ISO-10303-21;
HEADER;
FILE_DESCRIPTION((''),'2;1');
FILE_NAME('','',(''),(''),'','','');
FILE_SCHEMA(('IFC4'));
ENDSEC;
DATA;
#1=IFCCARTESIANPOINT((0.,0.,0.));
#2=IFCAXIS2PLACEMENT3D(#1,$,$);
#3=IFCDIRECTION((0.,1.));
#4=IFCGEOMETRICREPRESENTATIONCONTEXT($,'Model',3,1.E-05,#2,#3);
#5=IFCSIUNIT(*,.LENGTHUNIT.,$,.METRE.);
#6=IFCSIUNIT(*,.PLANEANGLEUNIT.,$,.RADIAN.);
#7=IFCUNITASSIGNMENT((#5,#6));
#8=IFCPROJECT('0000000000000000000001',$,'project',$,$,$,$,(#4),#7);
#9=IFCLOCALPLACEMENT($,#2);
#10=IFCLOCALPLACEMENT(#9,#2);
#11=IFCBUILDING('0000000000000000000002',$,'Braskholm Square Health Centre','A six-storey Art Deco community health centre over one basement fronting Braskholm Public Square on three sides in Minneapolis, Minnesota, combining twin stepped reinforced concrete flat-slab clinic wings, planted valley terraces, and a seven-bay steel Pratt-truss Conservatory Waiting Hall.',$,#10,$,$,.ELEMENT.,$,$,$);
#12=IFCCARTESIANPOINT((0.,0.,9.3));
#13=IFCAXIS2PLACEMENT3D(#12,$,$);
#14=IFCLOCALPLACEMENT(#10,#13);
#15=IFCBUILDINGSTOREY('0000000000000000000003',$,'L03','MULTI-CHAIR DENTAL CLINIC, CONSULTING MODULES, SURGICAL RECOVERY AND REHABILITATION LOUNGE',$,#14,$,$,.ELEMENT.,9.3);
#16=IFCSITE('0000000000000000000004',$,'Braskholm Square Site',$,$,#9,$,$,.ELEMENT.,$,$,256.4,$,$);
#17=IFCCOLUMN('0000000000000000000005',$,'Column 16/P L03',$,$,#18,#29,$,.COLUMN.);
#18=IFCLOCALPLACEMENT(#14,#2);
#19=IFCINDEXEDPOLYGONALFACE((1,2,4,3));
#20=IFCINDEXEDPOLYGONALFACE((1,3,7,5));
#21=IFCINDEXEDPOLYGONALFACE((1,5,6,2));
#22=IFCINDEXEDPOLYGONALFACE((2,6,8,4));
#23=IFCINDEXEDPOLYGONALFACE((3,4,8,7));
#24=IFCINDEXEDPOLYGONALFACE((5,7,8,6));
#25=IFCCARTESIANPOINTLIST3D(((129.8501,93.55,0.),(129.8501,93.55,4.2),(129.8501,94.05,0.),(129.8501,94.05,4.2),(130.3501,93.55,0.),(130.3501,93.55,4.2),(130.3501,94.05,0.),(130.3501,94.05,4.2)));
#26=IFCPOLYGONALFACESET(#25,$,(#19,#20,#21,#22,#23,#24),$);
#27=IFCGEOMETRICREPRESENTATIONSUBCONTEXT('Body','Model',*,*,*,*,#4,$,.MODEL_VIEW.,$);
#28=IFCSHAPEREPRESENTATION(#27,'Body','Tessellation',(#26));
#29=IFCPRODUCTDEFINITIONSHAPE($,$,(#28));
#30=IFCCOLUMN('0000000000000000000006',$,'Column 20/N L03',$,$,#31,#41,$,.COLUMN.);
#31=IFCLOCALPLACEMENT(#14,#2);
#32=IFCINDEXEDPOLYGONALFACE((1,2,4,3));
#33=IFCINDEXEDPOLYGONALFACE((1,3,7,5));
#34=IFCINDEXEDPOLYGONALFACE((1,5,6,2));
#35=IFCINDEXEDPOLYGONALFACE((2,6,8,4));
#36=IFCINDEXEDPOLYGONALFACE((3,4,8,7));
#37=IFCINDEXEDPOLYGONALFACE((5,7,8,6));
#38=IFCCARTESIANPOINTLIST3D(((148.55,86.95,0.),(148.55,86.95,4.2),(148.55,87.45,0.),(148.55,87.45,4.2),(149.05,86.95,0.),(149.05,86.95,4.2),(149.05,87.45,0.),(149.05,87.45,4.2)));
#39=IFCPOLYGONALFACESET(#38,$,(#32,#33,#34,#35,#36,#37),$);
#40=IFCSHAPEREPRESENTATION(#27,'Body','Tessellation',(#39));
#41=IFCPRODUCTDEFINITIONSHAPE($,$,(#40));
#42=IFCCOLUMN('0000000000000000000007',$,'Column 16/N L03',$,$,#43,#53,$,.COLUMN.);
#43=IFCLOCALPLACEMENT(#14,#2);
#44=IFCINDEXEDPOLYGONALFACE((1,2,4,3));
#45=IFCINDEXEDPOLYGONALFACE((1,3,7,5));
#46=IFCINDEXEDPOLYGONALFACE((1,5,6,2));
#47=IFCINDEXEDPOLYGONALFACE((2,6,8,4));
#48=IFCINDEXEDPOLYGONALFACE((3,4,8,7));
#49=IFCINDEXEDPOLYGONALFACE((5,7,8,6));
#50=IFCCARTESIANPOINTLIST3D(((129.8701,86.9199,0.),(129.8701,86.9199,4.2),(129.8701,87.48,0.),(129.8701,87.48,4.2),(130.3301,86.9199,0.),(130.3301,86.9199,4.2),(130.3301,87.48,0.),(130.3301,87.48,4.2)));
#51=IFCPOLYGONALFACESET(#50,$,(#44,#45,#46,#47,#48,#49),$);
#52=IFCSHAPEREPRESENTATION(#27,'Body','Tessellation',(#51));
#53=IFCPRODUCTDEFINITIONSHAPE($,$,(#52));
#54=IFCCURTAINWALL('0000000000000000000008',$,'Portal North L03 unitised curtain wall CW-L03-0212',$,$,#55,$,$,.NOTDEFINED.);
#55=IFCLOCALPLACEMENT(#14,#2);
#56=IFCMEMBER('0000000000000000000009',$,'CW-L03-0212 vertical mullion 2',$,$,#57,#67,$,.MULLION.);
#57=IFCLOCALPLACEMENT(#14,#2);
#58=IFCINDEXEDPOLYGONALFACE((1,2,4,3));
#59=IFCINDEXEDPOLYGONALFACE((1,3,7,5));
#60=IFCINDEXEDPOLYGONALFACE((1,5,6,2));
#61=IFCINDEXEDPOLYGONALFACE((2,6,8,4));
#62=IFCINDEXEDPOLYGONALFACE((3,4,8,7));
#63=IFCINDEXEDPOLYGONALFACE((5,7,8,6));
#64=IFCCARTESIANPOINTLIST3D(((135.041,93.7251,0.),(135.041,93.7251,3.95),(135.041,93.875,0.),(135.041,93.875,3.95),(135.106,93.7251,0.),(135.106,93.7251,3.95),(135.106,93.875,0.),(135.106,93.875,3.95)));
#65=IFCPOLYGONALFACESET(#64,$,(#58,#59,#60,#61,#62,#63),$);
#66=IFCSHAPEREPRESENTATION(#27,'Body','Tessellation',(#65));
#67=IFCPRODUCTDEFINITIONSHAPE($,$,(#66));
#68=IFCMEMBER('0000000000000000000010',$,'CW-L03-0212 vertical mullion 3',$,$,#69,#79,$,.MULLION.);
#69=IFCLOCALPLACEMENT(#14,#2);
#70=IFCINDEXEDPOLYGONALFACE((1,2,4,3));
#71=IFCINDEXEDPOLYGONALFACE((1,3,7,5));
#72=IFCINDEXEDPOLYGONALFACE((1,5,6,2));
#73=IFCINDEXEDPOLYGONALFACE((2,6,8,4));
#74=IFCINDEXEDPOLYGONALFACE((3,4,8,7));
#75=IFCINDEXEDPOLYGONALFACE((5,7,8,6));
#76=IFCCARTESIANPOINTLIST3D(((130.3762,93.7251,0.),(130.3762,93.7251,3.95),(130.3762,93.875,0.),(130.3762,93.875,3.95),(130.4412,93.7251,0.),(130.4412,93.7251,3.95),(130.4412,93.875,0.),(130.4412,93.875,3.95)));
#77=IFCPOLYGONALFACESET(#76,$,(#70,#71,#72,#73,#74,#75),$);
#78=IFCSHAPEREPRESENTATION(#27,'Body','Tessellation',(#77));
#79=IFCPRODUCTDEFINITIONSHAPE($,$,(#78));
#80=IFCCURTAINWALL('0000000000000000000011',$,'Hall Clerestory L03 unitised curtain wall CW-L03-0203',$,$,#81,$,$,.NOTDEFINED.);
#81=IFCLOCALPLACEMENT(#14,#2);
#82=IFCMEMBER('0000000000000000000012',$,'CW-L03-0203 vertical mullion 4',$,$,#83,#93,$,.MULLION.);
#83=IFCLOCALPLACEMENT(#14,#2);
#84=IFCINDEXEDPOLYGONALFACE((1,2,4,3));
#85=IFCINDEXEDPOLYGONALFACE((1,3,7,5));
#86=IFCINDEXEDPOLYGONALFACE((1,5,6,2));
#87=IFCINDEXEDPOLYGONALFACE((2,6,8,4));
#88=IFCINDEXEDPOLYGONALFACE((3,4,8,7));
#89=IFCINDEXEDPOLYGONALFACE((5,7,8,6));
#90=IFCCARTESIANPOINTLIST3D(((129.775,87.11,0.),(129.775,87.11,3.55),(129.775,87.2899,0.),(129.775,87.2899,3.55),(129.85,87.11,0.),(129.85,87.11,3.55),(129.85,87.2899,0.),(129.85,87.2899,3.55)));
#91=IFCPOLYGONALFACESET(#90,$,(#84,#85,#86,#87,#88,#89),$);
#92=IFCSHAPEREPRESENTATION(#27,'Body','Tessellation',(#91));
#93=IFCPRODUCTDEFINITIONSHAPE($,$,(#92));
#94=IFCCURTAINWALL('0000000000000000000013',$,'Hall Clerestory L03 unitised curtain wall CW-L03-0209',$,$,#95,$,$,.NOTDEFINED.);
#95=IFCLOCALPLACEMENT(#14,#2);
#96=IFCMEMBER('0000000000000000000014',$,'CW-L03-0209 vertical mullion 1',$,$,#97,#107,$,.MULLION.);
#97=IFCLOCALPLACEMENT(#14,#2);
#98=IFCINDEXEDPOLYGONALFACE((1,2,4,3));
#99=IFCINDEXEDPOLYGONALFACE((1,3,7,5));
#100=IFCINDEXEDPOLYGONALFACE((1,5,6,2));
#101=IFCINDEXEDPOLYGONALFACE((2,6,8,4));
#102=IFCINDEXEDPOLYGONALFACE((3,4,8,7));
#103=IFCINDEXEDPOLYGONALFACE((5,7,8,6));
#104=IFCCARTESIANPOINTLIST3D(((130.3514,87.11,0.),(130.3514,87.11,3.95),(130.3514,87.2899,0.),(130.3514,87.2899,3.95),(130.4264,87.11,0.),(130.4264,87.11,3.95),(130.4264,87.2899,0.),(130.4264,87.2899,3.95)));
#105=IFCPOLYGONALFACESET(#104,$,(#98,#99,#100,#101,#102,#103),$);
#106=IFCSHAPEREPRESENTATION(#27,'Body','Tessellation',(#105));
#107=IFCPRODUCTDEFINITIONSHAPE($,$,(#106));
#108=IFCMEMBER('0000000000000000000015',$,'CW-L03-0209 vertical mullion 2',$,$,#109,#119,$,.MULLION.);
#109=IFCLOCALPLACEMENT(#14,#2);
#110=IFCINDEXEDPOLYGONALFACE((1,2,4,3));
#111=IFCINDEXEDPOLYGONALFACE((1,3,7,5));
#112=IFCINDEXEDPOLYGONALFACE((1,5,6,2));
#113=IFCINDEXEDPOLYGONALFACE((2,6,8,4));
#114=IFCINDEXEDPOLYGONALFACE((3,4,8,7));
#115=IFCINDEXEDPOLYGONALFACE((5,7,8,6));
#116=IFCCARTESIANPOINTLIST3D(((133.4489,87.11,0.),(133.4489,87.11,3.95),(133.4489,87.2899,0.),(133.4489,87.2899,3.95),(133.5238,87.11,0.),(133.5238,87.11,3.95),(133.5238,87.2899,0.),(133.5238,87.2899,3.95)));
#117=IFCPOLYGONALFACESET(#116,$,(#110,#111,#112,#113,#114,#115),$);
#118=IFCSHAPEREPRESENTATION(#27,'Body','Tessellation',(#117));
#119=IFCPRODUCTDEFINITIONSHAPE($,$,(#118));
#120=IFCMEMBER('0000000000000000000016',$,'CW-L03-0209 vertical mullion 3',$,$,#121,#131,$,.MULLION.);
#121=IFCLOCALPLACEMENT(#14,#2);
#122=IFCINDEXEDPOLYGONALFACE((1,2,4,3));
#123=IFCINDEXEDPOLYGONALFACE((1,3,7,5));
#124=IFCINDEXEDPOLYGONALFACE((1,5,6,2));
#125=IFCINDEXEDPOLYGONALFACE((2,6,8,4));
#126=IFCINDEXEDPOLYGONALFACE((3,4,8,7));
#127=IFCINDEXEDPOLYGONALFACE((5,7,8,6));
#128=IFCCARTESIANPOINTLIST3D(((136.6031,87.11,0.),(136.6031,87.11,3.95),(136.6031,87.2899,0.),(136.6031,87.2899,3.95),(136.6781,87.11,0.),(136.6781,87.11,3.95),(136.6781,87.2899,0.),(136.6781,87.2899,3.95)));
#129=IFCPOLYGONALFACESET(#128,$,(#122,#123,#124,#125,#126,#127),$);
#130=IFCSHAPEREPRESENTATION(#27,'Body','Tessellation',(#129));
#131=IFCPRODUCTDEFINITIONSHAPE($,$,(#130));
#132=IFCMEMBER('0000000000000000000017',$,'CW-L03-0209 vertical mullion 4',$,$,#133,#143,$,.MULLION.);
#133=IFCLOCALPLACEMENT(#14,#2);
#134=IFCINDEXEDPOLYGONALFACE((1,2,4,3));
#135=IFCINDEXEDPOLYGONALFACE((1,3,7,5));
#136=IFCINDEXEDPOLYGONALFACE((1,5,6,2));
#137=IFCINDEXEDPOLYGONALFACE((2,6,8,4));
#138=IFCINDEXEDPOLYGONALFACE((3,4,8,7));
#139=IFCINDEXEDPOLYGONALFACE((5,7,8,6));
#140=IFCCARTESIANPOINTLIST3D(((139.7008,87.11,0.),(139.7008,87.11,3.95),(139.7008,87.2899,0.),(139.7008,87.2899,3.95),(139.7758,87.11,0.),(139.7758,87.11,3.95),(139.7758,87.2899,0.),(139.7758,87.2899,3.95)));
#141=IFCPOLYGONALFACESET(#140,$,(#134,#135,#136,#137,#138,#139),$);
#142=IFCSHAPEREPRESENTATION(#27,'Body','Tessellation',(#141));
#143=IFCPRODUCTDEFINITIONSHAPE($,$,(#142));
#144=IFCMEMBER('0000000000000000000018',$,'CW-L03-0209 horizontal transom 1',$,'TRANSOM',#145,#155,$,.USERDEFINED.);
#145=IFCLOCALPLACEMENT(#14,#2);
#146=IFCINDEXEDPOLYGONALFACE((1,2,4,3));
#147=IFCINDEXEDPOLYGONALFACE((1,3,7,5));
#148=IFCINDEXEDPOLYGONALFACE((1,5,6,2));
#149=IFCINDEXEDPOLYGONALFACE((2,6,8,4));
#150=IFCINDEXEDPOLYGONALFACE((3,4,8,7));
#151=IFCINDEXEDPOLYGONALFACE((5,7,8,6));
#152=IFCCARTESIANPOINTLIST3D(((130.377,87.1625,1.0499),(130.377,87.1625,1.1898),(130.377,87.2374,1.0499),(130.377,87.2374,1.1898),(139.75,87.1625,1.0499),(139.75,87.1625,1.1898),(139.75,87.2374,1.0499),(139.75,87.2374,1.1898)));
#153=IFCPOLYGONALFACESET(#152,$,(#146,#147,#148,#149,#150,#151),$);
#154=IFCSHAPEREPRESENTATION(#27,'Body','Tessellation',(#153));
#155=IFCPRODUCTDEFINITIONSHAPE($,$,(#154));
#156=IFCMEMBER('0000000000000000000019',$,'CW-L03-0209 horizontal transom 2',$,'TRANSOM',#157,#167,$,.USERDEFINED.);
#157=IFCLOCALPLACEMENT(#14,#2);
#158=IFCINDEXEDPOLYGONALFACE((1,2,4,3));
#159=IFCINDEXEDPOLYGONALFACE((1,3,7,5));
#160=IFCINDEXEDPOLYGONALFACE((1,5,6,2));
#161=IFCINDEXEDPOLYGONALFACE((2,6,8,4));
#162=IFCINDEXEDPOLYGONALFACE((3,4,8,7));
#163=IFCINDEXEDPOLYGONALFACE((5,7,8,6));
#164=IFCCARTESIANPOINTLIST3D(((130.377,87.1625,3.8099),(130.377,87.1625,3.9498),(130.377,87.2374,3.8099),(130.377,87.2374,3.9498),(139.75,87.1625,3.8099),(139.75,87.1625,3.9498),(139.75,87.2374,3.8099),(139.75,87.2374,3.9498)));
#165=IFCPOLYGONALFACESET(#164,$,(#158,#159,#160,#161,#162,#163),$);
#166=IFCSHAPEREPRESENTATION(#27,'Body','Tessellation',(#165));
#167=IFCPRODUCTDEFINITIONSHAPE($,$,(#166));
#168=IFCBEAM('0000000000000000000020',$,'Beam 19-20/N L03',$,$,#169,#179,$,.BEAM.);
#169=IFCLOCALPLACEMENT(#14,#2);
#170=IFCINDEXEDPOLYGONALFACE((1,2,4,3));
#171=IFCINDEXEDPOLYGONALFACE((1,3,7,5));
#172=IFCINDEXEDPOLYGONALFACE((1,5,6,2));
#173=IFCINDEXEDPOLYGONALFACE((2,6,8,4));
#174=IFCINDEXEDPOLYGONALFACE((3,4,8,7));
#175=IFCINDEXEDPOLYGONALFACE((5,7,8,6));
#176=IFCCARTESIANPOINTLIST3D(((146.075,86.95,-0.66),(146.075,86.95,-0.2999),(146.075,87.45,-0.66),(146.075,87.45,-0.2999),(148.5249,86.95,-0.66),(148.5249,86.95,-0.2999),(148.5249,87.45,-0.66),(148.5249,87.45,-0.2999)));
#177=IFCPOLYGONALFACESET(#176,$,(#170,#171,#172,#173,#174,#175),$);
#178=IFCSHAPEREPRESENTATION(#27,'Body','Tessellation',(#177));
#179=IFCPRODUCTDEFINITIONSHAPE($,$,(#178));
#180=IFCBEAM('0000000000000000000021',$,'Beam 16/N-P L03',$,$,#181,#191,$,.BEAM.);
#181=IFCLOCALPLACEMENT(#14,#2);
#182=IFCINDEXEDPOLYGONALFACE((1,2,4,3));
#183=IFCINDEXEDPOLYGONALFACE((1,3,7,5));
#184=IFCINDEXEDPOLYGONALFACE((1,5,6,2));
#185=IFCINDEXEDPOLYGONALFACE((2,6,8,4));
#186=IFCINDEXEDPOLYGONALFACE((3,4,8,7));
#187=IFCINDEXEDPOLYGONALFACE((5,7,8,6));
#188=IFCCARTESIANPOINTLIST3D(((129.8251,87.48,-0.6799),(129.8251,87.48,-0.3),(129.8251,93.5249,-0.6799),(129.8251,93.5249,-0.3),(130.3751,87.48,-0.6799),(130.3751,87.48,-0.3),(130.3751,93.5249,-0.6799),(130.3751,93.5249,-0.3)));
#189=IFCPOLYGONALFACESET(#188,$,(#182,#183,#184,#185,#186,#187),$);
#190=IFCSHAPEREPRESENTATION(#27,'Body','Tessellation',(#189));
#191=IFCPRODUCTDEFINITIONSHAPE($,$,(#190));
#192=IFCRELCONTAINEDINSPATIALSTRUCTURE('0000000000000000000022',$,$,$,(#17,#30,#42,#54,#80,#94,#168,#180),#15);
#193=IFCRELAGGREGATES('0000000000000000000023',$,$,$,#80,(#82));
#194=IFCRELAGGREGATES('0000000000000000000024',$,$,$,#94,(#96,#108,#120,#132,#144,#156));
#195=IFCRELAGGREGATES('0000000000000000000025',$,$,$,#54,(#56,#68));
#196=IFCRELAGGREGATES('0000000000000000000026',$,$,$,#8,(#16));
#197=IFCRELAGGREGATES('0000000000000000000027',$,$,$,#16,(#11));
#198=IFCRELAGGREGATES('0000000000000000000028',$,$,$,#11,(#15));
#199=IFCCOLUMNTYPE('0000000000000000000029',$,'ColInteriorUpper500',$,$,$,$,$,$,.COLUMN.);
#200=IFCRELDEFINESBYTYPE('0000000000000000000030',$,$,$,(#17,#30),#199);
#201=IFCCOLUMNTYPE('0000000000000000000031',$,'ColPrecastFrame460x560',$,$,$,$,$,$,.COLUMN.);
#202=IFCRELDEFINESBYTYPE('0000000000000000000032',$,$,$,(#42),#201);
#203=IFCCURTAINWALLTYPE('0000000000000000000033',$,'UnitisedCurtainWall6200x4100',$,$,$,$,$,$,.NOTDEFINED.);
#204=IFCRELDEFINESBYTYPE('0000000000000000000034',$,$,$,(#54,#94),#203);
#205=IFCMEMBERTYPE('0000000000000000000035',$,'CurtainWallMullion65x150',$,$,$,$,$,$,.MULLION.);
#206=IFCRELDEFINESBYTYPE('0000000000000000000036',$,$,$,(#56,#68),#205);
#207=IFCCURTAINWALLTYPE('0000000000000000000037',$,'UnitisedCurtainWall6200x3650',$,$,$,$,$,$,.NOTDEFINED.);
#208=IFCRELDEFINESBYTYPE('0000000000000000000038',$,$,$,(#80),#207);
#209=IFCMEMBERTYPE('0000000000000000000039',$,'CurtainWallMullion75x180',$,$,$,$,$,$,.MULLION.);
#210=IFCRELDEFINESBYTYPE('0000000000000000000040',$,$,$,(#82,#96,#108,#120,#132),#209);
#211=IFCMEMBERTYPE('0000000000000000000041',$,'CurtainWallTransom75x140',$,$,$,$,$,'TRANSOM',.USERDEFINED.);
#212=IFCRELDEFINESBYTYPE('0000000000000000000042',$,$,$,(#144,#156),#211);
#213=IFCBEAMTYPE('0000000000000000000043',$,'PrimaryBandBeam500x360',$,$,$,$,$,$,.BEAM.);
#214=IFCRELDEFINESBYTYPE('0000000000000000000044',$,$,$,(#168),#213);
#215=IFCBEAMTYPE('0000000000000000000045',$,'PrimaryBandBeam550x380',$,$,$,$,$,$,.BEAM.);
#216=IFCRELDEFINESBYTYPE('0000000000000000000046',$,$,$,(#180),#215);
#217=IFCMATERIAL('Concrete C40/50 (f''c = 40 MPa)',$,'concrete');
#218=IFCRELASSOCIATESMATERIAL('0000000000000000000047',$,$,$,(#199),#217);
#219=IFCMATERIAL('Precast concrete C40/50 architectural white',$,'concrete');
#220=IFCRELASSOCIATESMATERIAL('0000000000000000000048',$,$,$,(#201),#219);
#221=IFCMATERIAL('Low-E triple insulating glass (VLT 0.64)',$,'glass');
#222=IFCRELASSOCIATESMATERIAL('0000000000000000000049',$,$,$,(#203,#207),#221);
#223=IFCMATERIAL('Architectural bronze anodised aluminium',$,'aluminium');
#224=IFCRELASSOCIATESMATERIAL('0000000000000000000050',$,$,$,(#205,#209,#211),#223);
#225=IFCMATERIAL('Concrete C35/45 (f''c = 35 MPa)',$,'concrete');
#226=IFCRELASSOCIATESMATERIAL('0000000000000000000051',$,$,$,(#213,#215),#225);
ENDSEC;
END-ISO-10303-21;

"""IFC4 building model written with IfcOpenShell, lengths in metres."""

from ifc_helpers import new_model, si_unit, direction, frame, origin, origin_2d, place, context, subcontext, project, spatial, rectangle, extrude, material, material_profile, profile_set, type_object, element, aggregate, save


model = new_model("IFC4")

# Units and contexts
model_context = context("Model", 3, precision=1e-05, world=origin(), true_north=direction((0.0, 1.0)))
body_context = subcontext(model_context, "Body", "Model", "MODEL_VIEW")
ifc_project = project(units=[si_unit("LENGTHUNIT", "METRE"), si_unit("PLANEANGLEUNIT", "RADIAN")], contexts=[model_context])

# Site, building, storey
site_placement = place(None, origin())
site = spatial("IfcSite", under=ifc_project, at=site_placement, Name="Braskholm Square Site", CompositionType="ELEMENT", RefElevation=256.4)
building_placement = place(site_placement, origin())
building = spatial("IfcBuilding", under=site, at=building_placement, Name="Braskholm Square Health Centre", Description="A six-storey Art Deco community health centre over one basement fronting Braskholm Public Square on three sides in Minneapolis, Minnesota, combining twin stepped reinforced concrete flat-slab clinic wings, planted valley terraces, and a seven-bay steel Pratt-truss Conservatory Waiting Hall.", CompositionType="ELEMENT")
storey_placement = place(building_placement, frame((0.0, 0.0, 9.3)))
storey = spatial("IfcBuildingStorey", under=building, at=storey_placement, Name="L03", Description="MULTI-CHAIR DENTAL CLINIC, CONSULTING MODULES, SURGICAL RECOVERY AND REHABILITATION LOUNGE", CompositionType="ELEMENT", Elevation=9.3)

# Columns
ifc_material_1 = material(Name="Concrete C40/50 (f'c = 40 MPa)", Category="concrete")
ifc_material_profile_1 = material_profile(ifc_material_1, rectangle(XDim=0.5, YDim=0.5, at=origin_2d()), Name="RC-500X500")
ifc_profile_set_1 = profile_set([ifc_material_profile_1], Name="Concrete C40/50 (f'c = 40 MPa)")
column_type_1 = type_object("IfcColumnType", Name="ColInteriorUpper500", PredefinedType="COLUMN", material=ifc_profile_set_1)
for number, where, z_axis, x_axis, name in (
    (1, (130.1001, 93.8, 0.0), (0.0, 0.0, 1.0), (1.0, 0.0, 0.0), "Column 16/P L03"),
    (2, (148.8, 87.2, 0.0), (0.0, 0.0, 1.0), (1.0, 0.0, 0.0), "Column 20/N L03"),
):
    element("IfcColumn", number, at=place(storey_placement, frame(where, z_axis=z_axis, x_axis=x_axis)), inside=storey, type_object=column_type_1, Name=name, PredefinedType="COLUMN", context=body_context, shape_type="SweptSolid", body=[
        extrude(rectangle(XDim=0.5, YDim=0.5, at=origin_2d()), origin(), (0.0, 0.0, 1.0), 4.2),
    ])
ifc_material_2 = material(Name="Precast concrete C40/50 architectural white", Category="concrete")
ifc_material_profile_2 = material_profile(ifc_material_2, rectangle(XDim=0.46, YDim=0.5601, at=origin_2d()), Name="RC-460X560")
ifc_profile_set_2 = profile_set([ifc_material_profile_2], Name="Precast concrete C40/50 architectural white")
column_type_2 = type_object("IfcColumnType", Name="ColPrecastFrame460x560", PredefinedType="COLUMN", material=ifc_profile_set_2)
column_placement = place(storey_placement, frame((130.1001, 87.2, 0.0), z_axis=(0.0, 0.0, 1.0), x_axis=(1.0, 0.0, 0.0)))
element("IfcColumn", 3, at=column_placement, inside=storey, type_object=column_type_2, Name="Column 16/N L03", PredefinedType="COLUMN", context=body_context, shape_type="SweptSolid", body=[
    extrude(rectangle(XDim=0.46, YDim=0.5601, at=origin_2d()), origin(), (0.0, 0.0, 1.0), 4.2),
])

# Curtain wall, members
ifc_material_3 = material(Name="Low-E triple insulating glass (VLT 0.64)", Category="glass")
curtain_wall_type_1 = type_object("IfcCurtainWallType", Name="UnitisedCurtainWall6200x4100", PredefinedType="NOTDEFINED", material=ifc_material_3)
curtain_wall_1_placement = place(storey_placement, origin())
curtain_wall_1 = element("IfcCurtainWall", 4, at=curtain_wall_1_placement, inside=storey, type_object=curtain_wall_type_1, Name="Portal North L03 unitised curtain wall CW-L03-0212", PredefinedType="NOTDEFINED")
ifc_material_4 = material(Name="Architectural bronze anodised aluminium", Category="aluminium")
ifc_material_profile_3 = material_profile(ifc_material_4, rectangle(XDim=0.0649, YDim=0.1499, at=origin_2d()), Name="ALU-65X150")
ifc_profile_set_3 = profile_set([ifc_material_profile_3], Name="Architectural bronze anodised aluminium")
member_type_1 = type_object("IfcMemberType", Name="CurtainWallMullion65x150", PredefinedType="MULLION", material=ifc_profile_set_3)
member_1_placement = place(storey_placement, frame((135.0735, 93.8, 0.0), z_axis=(0.0, 0.0, 1.0), x_axis=(1.0, 0.0, 0.0)))
member_1 = element("IfcMember", 5, at=member_1_placement, type_object=member_type_1, Name="CW-L03-0212 vertical mullion 2", PredefinedType="MULLION", context=body_context, shape_type="SweptSolid", body=[
    extrude(rectangle(XDim=0.0649, YDim=0.1499, at=origin_2d()), origin(), (0.0, 0.0, 1.0), 3.95),
])
member_2_placement = place(storey_placement, frame((130.4087, 93.8, 0.0), z_axis=(0.0, 0.0, 1.0), x_axis=(1.0, 0.0, 0.0)))
member_2 = element("IfcMember", 6, at=member_2_placement, type_object=member_type_1, Name="CW-L03-0212 vertical mullion 3", PredefinedType="MULLION", context=body_context, shape_type="SweptSolid", body=[
    extrude(rectangle(XDim=0.0649, YDim=0.1499, at=origin_2d()), origin(), (0.0, 0.0, 1.0), 3.95),
])

# Curtain wall, member
curtain_wall_type_2 = type_object("IfcCurtainWallType", Name="UnitisedCurtainWall6200x3650", PredefinedType="NOTDEFINED", material=ifc_material_3)
curtain_wall_2_placement = place(storey_placement, origin())
curtain_wall_2 = element("IfcCurtainWall", 7, at=curtain_wall_2_placement, inside=storey, type_object=curtain_wall_type_2, Name="Hall Clerestory L03 unitised curtain wall CW-L03-0203", PredefinedType="NOTDEFINED")
ifc_material_profile_4 = material_profile(ifc_material_4, rectangle(XDim=0.075, YDim=0.1799, at=origin_2d()), Name="ALU-75X180")
ifc_profile_set_4 = profile_set([ifc_material_profile_4], Name="Architectural bronze anodised aluminium")
member_type_2 = type_object("IfcMemberType", Name="CurtainWallMullion75x180", PredefinedType="MULLION", material=ifc_profile_set_4)
member_3_placement = place(storey_placement, frame((129.8125, 87.2, 0.0), z_axis=(0.0, 0.0, 1.0), x_axis=(1.0, 0.0, 0.0)))
member_3 = element("IfcMember", 8, at=member_3_placement, type_object=member_type_2, Name="CW-L03-0203 vertical mullion 4", PredefinedType="MULLION", context=body_context, shape_type="SweptSolid", body=[
    extrude(rectangle(XDim=0.075, YDim=0.1799, at=origin_2d()), origin(), (0.0, 0.0, 1.0), 3.55),
])
aggregate(curtain_wall_2, [member_3])

# Curtain wall, members
curtain_wall_3_placement = place(storey_placement, origin())
curtain_wall_3 = element("IfcCurtainWall", 9, at=curtain_wall_3_placement, inside=storey, type_object=curtain_wall_type_1, Name="Hall Clerestory L03 unitised curtain wall CW-L03-0209", PredefinedType="NOTDEFINED")
member_4_placement = place(storey_placement, frame((130.3889, 87.2, 0.0), z_axis=(0.0, 0.0, 1.0), x_axis=(1.0, 0.0, 0.0)))
member_4 = element("IfcMember", 10, at=member_4_placement, type_object=member_type_2, Name="CW-L03-0209 vertical mullion 1", PredefinedType="MULLION", context=body_context, shape_type="SweptSolid", body=[
    extrude(rectangle(XDim=0.075, YDim=0.1799, at=origin_2d()), origin(), (0.0, 0.0, 1.0), 3.95),
])
member_5_placement = place(storey_placement, frame((133.4863, 87.2, 0.0), z_axis=(0.0, 0.0, 1.0), x_axis=(1.0, 0.0, 0.0)))
member_5 = element("IfcMember", 11, at=member_5_placement, type_object=member_type_2, Name="CW-L03-0209 vertical mullion 2", PredefinedType="MULLION", context=body_context, shape_type="SweptSolid", body=[
    extrude(rectangle(XDim=0.075, YDim=0.1799, at=origin_2d()), origin(), (0.0, 0.0, 1.0), 3.95),
])
member_6_placement = place(storey_placement, frame((136.6406, 87.2, 0.0), z_axis=(0.0, 0.0, 1.0), x_axis=(1.0, 0.0, 0.0)))
member_6 = element("IfcMember", 12, at=member_6_placement, type_object=member_type_2, Name="CW-L03-0209 vertical mullion 3", PredefinedType="MULLION", context=body_context, shape_type="SweptSolid", body=[
    extrude(rectangle(XDim=0.075, YDim=0.1799, at=origin_2d()), origin(), (0.0, 0.0, 1.0), 3.95),
])
member_7_placement = place(storey_placement, frame((139.7383, 87.2, 0.0), z_axis=(0.0, 0.0, 1.0), x_axis=(1.0, 0.0, 0.0)))
member_7 = element("IfcMember", 13, at=member_7_placement, type_object=member_type_2, Name="CW-L03-0209 vertical mullion 4", PredefinedType="MULLION", context=body_context, shape_type="SweptSolid", body=[
    extrude(rectangle(XDim=0.075, YDim=0.1799, at=origin_2d()), origin(), (0.0, 0.0, 1.0), 3.95),
])
ifc_material_profile_5 = material_profile(ifc_material_4, rectangle(XDim=0.075, YDim=0.1399, at=origin_2d()), Name="ALU-75X140")
ifc_profile_set_5 = profile_set([ifc_material_profile_5], Name="Architectural bronze anodised aluminium")
member_type_3 = type_object("IfcMemberType", Name="CurtainWallTransom75x140", ElementType="TRANSOM", PredefinedType="USERDEFINED", material=ifc_profile_set_5)
member_8_placement = place(storey_placement, frame((130.377, 87.2, 1.1199), z_axis=(1.0, 0.0, 0.0), x_axis=(0.0, 1.0, 0.0)))
member_8 = element("IfcMember", 14, at=member_8_placement, type_object=member_type_3, Name="CW-L03-0209 horizontal transom 1", ObjectType="TRANSOM", PredefinedType="USERDEFINED", context=body_context, shape_type="SweptSolid", body=[
    extrude(rectangle(XDim=0.075, YDim=0.1399, at=origin_2d()), origin(), (0.0, 0.0, 1.0), 9.373),
])
member_9_placement = place(storey_placement, frame((130.377, 87.2, 3.8799), z_axis=(1.0, 0.0, 0.0), x_axis=(0.0, 1.0, 0.0)))
member_9 = element("IfcMember", 15, at=member_9_placement, type_object=member_type_3, Name="CW-L03-0209 horizontal transom 2", ObjectType="TRANSOM", PredefinedType="USERDEFINED", context=body_context, shape_type="SweptSolid", body=[
    extrude(rectangle(XDim=0.075, YDim=0.1399, at=origin_2d()), origin(), (0.0, 0.0, 1.0), 9.373),
])

# Beams
ifc_material_5 = material(Name="Concrete C35/45 (f'c = 35 MPa)", Category="concrete")
ifc_material_profile_6 = material_profile(ifc_material_5, rectangle(XDim=0.5, YDim=0.3601, at=origin_2d()), Name="RCB-500X360")
ifc_profile_set_6 = profile_set([ifc_material_profile_6], Name="Concrete C35/45 (f'c = 35 MPa)")
beam_type_1 = type_object("IfcBeamType", Name="PrimaryBandBeam500x360", PredefinedType="BEAM", material=ifc_profile_set_6)
beam_1_placement = place(storey_placement, frame((146.075, 87.2, -0.48), z_axis=(1.0, 0.0, 0.0), x_axis=(0.0, 1.0, 0.0)))
element("IfcBeam", 16, at=beam_1_placement, inside=storey, type_object=beam_type_1, Name="Beam 19-20/N L03", PredefinedType="BEAM", context=body_context, shape_type="SweptSolid", body=[
    extrude(rectangle(XDim=0.5, YDim=0.3601, at=origin_2d()), origin(), (0.0, 0.0, 1.0), 2.45),
])
ifc_material_profile_7 = material_profile(ifc_material_5, rectangle(XDim=0.55, YDim=0.3799, at=origin_2d()), Name="RCB-550X380")
ifc_profile_set_7 = profile_set([ifc_material_profile_7], Name="Concrete C35/45 (f'c = 35 MPa)")
beam_type_2 = type_object("IfcBeamType", Name="PrimaryBandBeam550x380", PredefinedType="BEAM", material=ifc_profile_set_7)
beam_2_placement = place(storey_placement, frame((130.1001, 87.48, -0.49), z_axis=(0.0, 1.0, 0.0), x_axis=(-1.0, 0.0, 0.0)))
element("IfcBeam", 17, at=beam_2_placement, inside=storey, type_object=beam_type_2, Name="Beam 16/N-P L03", PredefinedType="BEAM", context=body_context, shape_type="SweptSolid", body=[
    extrude(rectangle(XDim=0.55, YDim=0.3799, at=origin_2d()), origin(), (0.0, 0.0, 1.0), 6.0449),
])

aggregate(curtain_wall_3, [member_4, member_5, member_6, member_7, member_8, member_9])
aggregate(curtain_wall_1, [member_1, member_2])

save(model, "model.ifc")
